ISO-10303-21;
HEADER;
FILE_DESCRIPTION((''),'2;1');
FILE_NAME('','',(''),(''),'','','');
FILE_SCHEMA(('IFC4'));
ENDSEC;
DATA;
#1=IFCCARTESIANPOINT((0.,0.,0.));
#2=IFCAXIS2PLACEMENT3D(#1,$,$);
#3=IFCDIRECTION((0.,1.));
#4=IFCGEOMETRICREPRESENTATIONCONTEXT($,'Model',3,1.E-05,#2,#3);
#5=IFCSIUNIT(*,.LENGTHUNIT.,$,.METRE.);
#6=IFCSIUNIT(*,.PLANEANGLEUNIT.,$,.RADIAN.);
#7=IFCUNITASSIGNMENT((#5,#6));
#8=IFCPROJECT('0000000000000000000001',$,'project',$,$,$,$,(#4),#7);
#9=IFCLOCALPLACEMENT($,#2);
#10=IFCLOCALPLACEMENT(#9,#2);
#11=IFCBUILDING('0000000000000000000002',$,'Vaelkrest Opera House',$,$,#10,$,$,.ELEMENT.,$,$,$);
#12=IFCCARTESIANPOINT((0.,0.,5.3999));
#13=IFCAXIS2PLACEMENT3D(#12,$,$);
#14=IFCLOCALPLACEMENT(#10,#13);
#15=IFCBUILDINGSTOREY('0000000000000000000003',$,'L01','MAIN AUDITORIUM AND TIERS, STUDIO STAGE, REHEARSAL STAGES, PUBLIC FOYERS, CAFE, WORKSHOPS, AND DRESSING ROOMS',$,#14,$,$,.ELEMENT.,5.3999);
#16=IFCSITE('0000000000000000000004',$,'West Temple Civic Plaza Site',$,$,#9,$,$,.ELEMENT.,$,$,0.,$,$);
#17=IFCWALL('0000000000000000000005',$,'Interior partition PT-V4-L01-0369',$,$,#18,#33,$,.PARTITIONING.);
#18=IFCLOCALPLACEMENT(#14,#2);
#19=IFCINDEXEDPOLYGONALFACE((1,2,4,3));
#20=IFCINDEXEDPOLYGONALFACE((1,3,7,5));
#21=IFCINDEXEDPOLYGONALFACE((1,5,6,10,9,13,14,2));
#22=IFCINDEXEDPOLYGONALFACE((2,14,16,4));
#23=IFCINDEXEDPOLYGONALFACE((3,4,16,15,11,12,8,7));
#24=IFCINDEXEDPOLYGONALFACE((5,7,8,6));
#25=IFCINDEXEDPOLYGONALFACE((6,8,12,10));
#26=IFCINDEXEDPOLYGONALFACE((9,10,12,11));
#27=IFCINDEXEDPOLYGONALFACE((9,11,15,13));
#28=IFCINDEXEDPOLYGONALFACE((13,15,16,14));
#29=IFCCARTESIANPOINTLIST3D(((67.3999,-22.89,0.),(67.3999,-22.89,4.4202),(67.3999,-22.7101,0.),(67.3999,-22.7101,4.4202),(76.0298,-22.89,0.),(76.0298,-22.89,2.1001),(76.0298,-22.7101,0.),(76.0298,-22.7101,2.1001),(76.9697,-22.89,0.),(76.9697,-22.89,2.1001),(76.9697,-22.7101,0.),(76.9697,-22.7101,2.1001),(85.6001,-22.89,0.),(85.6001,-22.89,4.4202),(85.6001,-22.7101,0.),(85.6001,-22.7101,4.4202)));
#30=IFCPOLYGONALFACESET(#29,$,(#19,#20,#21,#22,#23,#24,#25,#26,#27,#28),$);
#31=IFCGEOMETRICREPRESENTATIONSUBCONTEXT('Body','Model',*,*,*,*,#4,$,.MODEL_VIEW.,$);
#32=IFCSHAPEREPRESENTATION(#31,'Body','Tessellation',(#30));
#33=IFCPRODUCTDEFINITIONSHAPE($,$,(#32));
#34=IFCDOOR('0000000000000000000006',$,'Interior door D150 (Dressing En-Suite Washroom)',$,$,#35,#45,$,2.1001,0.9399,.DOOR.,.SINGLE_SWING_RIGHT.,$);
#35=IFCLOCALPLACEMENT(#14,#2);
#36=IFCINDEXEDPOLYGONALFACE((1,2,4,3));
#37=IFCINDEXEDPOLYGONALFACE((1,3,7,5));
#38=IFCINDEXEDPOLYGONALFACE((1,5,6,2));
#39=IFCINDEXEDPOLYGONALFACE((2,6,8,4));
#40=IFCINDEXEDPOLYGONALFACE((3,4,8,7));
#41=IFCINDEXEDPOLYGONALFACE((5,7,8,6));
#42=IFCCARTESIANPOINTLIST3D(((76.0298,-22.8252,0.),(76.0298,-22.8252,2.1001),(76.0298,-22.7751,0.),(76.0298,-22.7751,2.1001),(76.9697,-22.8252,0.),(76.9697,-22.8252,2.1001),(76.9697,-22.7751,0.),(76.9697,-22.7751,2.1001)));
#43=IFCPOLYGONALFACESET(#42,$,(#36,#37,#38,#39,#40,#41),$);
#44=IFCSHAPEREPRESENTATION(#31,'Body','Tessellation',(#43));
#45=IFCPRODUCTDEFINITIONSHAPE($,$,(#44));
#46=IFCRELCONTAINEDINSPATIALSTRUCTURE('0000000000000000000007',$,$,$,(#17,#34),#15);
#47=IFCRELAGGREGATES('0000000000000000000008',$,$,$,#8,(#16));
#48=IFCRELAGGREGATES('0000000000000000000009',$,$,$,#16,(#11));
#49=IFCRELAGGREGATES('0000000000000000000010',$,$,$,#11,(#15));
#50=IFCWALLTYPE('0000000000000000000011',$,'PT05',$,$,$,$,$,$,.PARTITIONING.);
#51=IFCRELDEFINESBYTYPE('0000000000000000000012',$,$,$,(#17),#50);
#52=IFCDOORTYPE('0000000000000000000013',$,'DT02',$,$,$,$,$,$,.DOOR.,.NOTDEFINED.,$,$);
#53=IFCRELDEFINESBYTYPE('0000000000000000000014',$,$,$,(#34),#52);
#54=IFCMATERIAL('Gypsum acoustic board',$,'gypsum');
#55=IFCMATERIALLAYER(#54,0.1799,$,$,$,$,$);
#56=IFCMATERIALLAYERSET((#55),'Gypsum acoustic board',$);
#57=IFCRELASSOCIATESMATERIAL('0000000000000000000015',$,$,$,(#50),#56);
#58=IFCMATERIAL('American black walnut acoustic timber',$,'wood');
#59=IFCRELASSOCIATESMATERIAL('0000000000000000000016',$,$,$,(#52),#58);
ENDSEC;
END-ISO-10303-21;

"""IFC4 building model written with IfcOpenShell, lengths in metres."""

from ifc_helpers import new_model, si_unit, direction, frame, frame_2d, origin, place, context, subcontext, project, spatial, rectangle, extrude, material, layer, layer_set, type_object, element, fill, save


model = new_model("IFC4")

# Units and contexts
model_context = context("Model", 3, precision=1e-05, world=origin(), true_north=direction((0.0, 1.0)))
body_context = subcontext(model_context, "Body", "Model", "MODEL_VIEW")
ifc_project = project(units=[si_unit("LENGTHUNIT", "METRE"), si_unit("PLANEANGLEUNIT", "RADIAN")], contexts=[model_context])

# Site, building, storey
site_placement = place(None, origin())
site = spatial("IfcSite", under=ifc_project, at=site_placement, Name="West Temple Civic Plaza Site", CompositionType="ELEMENT", RefElevation=0.0)
building_placement = place(site_placement, origin())
building = spatial("IfcBuilding", under=site, at=building_placement, Name="Vaelkrest Opera House", CompositionType="ELEMENT")
storey_placement = place(building_placement, frame((0.0, 0.0, 5.3999)))
storey = spatial("IfcBuildingStorey", under=building, at=storey_placement, Name="L01", Description="MAIN AUDITORIUM AND TIERS, STUDIO STAGE, REHEARSAL STAGES, PUBLIC FOYERS, CAFE, WORKSHOPS, AND DRESSING ROOMS", CompositionType="ELEMENT", Elevation=5.3999)

# Shared definitions
ifc_material_1 = material(Name="American black walnut acoustic timber", Category="wood")

# Shared definitions
ifc_material_2 = material(Name="Gypsum acoustic board", Category="gypsum")

# Wall, opening, door
ifc_layer_1 = layer(ifc_material_2, 0.1799)
ifc_layer_set_1 = layer_set([ifc_layer_1], Name="Gypsum acoustic board")
wall_type_1 = type_object("IfcWallType", Name="PT05", PredefinedType="PARTITIONING", material=ifc_layer_set_1)
wall_1_placement = place(storey_placement, frame((67.3999, -22.8, 0.0), z_axis=(0.0, 0.0, 1.0), x_axis=(1.0, 0.0, 0.0)))
wall_1 = element("IfcWall", 1, at=wall_1_placement, inside=storey, type_object=wall_type_1, Name="Interior partition PT-V4-L01-0369", PredefinedType="PARTITIONING", context=body_context, shape_type="SweptSolid", body=[
    extrude(rectangle(XDim=18.2002, YDim=0.1799, at=frame_2d((9.1001, 0.0))), origin(), (0.0, 0.0, 1.0), 4.4202),
])
opening_1_placement = place(wall_1_placement, frame((8.6299, 0.0, 0.0)))
opening_1 = element("IfcOpeningElement", 2, at=opening_1_placement, cuts=wall_1, PredefinedType="OPENING", context=body_context, shape_type="SweptSolid", body=[
    extrude(rectangle(XDim=0.9399, YDim=2.1001, at=frame_2d((0.47, 1.05))), frame((0.0, 0.0999, 0.0), z_axis=(0.0, -1.0, 0.0), x_axis=(1.0, 0.0, 0.0)), (0.0, 0.0, 1.0), 0.2),
])
door_type = type_object("IfcDoorType", Name="DT02", OperationType="NOTDEFINED", PredefinedType="DOOR", material=ifc_material_1)
door_placement = place(opening_1_placement, origin())
door = element("IfcDoor", 3, at=door_placement, inside=storey, type_object=door_type, Name="Interior door D150 (Dressing En-Suite Washroom)", OperationType="SINGLE_SWING_RIGHT", OverallHeight=2.1001, OverallWidth=0.9399, PredefinedType="DOOR", context=body_context, shape_type="SweptSolid", body=[
    extrude(rectangle(XDim=0.9399, YDim=2.1001, at=frame_2d((0.47, 1.05))), frame((0.0, 0.0249, 0.0), z_axis=(0.0, -1.0, 0.0), x_axis=(1.0, 0.0, 0.0)), (0.0, 0.0, 1.0), 0.05),
])
fill(opening_1, door)

save(model, "model.ifc")
